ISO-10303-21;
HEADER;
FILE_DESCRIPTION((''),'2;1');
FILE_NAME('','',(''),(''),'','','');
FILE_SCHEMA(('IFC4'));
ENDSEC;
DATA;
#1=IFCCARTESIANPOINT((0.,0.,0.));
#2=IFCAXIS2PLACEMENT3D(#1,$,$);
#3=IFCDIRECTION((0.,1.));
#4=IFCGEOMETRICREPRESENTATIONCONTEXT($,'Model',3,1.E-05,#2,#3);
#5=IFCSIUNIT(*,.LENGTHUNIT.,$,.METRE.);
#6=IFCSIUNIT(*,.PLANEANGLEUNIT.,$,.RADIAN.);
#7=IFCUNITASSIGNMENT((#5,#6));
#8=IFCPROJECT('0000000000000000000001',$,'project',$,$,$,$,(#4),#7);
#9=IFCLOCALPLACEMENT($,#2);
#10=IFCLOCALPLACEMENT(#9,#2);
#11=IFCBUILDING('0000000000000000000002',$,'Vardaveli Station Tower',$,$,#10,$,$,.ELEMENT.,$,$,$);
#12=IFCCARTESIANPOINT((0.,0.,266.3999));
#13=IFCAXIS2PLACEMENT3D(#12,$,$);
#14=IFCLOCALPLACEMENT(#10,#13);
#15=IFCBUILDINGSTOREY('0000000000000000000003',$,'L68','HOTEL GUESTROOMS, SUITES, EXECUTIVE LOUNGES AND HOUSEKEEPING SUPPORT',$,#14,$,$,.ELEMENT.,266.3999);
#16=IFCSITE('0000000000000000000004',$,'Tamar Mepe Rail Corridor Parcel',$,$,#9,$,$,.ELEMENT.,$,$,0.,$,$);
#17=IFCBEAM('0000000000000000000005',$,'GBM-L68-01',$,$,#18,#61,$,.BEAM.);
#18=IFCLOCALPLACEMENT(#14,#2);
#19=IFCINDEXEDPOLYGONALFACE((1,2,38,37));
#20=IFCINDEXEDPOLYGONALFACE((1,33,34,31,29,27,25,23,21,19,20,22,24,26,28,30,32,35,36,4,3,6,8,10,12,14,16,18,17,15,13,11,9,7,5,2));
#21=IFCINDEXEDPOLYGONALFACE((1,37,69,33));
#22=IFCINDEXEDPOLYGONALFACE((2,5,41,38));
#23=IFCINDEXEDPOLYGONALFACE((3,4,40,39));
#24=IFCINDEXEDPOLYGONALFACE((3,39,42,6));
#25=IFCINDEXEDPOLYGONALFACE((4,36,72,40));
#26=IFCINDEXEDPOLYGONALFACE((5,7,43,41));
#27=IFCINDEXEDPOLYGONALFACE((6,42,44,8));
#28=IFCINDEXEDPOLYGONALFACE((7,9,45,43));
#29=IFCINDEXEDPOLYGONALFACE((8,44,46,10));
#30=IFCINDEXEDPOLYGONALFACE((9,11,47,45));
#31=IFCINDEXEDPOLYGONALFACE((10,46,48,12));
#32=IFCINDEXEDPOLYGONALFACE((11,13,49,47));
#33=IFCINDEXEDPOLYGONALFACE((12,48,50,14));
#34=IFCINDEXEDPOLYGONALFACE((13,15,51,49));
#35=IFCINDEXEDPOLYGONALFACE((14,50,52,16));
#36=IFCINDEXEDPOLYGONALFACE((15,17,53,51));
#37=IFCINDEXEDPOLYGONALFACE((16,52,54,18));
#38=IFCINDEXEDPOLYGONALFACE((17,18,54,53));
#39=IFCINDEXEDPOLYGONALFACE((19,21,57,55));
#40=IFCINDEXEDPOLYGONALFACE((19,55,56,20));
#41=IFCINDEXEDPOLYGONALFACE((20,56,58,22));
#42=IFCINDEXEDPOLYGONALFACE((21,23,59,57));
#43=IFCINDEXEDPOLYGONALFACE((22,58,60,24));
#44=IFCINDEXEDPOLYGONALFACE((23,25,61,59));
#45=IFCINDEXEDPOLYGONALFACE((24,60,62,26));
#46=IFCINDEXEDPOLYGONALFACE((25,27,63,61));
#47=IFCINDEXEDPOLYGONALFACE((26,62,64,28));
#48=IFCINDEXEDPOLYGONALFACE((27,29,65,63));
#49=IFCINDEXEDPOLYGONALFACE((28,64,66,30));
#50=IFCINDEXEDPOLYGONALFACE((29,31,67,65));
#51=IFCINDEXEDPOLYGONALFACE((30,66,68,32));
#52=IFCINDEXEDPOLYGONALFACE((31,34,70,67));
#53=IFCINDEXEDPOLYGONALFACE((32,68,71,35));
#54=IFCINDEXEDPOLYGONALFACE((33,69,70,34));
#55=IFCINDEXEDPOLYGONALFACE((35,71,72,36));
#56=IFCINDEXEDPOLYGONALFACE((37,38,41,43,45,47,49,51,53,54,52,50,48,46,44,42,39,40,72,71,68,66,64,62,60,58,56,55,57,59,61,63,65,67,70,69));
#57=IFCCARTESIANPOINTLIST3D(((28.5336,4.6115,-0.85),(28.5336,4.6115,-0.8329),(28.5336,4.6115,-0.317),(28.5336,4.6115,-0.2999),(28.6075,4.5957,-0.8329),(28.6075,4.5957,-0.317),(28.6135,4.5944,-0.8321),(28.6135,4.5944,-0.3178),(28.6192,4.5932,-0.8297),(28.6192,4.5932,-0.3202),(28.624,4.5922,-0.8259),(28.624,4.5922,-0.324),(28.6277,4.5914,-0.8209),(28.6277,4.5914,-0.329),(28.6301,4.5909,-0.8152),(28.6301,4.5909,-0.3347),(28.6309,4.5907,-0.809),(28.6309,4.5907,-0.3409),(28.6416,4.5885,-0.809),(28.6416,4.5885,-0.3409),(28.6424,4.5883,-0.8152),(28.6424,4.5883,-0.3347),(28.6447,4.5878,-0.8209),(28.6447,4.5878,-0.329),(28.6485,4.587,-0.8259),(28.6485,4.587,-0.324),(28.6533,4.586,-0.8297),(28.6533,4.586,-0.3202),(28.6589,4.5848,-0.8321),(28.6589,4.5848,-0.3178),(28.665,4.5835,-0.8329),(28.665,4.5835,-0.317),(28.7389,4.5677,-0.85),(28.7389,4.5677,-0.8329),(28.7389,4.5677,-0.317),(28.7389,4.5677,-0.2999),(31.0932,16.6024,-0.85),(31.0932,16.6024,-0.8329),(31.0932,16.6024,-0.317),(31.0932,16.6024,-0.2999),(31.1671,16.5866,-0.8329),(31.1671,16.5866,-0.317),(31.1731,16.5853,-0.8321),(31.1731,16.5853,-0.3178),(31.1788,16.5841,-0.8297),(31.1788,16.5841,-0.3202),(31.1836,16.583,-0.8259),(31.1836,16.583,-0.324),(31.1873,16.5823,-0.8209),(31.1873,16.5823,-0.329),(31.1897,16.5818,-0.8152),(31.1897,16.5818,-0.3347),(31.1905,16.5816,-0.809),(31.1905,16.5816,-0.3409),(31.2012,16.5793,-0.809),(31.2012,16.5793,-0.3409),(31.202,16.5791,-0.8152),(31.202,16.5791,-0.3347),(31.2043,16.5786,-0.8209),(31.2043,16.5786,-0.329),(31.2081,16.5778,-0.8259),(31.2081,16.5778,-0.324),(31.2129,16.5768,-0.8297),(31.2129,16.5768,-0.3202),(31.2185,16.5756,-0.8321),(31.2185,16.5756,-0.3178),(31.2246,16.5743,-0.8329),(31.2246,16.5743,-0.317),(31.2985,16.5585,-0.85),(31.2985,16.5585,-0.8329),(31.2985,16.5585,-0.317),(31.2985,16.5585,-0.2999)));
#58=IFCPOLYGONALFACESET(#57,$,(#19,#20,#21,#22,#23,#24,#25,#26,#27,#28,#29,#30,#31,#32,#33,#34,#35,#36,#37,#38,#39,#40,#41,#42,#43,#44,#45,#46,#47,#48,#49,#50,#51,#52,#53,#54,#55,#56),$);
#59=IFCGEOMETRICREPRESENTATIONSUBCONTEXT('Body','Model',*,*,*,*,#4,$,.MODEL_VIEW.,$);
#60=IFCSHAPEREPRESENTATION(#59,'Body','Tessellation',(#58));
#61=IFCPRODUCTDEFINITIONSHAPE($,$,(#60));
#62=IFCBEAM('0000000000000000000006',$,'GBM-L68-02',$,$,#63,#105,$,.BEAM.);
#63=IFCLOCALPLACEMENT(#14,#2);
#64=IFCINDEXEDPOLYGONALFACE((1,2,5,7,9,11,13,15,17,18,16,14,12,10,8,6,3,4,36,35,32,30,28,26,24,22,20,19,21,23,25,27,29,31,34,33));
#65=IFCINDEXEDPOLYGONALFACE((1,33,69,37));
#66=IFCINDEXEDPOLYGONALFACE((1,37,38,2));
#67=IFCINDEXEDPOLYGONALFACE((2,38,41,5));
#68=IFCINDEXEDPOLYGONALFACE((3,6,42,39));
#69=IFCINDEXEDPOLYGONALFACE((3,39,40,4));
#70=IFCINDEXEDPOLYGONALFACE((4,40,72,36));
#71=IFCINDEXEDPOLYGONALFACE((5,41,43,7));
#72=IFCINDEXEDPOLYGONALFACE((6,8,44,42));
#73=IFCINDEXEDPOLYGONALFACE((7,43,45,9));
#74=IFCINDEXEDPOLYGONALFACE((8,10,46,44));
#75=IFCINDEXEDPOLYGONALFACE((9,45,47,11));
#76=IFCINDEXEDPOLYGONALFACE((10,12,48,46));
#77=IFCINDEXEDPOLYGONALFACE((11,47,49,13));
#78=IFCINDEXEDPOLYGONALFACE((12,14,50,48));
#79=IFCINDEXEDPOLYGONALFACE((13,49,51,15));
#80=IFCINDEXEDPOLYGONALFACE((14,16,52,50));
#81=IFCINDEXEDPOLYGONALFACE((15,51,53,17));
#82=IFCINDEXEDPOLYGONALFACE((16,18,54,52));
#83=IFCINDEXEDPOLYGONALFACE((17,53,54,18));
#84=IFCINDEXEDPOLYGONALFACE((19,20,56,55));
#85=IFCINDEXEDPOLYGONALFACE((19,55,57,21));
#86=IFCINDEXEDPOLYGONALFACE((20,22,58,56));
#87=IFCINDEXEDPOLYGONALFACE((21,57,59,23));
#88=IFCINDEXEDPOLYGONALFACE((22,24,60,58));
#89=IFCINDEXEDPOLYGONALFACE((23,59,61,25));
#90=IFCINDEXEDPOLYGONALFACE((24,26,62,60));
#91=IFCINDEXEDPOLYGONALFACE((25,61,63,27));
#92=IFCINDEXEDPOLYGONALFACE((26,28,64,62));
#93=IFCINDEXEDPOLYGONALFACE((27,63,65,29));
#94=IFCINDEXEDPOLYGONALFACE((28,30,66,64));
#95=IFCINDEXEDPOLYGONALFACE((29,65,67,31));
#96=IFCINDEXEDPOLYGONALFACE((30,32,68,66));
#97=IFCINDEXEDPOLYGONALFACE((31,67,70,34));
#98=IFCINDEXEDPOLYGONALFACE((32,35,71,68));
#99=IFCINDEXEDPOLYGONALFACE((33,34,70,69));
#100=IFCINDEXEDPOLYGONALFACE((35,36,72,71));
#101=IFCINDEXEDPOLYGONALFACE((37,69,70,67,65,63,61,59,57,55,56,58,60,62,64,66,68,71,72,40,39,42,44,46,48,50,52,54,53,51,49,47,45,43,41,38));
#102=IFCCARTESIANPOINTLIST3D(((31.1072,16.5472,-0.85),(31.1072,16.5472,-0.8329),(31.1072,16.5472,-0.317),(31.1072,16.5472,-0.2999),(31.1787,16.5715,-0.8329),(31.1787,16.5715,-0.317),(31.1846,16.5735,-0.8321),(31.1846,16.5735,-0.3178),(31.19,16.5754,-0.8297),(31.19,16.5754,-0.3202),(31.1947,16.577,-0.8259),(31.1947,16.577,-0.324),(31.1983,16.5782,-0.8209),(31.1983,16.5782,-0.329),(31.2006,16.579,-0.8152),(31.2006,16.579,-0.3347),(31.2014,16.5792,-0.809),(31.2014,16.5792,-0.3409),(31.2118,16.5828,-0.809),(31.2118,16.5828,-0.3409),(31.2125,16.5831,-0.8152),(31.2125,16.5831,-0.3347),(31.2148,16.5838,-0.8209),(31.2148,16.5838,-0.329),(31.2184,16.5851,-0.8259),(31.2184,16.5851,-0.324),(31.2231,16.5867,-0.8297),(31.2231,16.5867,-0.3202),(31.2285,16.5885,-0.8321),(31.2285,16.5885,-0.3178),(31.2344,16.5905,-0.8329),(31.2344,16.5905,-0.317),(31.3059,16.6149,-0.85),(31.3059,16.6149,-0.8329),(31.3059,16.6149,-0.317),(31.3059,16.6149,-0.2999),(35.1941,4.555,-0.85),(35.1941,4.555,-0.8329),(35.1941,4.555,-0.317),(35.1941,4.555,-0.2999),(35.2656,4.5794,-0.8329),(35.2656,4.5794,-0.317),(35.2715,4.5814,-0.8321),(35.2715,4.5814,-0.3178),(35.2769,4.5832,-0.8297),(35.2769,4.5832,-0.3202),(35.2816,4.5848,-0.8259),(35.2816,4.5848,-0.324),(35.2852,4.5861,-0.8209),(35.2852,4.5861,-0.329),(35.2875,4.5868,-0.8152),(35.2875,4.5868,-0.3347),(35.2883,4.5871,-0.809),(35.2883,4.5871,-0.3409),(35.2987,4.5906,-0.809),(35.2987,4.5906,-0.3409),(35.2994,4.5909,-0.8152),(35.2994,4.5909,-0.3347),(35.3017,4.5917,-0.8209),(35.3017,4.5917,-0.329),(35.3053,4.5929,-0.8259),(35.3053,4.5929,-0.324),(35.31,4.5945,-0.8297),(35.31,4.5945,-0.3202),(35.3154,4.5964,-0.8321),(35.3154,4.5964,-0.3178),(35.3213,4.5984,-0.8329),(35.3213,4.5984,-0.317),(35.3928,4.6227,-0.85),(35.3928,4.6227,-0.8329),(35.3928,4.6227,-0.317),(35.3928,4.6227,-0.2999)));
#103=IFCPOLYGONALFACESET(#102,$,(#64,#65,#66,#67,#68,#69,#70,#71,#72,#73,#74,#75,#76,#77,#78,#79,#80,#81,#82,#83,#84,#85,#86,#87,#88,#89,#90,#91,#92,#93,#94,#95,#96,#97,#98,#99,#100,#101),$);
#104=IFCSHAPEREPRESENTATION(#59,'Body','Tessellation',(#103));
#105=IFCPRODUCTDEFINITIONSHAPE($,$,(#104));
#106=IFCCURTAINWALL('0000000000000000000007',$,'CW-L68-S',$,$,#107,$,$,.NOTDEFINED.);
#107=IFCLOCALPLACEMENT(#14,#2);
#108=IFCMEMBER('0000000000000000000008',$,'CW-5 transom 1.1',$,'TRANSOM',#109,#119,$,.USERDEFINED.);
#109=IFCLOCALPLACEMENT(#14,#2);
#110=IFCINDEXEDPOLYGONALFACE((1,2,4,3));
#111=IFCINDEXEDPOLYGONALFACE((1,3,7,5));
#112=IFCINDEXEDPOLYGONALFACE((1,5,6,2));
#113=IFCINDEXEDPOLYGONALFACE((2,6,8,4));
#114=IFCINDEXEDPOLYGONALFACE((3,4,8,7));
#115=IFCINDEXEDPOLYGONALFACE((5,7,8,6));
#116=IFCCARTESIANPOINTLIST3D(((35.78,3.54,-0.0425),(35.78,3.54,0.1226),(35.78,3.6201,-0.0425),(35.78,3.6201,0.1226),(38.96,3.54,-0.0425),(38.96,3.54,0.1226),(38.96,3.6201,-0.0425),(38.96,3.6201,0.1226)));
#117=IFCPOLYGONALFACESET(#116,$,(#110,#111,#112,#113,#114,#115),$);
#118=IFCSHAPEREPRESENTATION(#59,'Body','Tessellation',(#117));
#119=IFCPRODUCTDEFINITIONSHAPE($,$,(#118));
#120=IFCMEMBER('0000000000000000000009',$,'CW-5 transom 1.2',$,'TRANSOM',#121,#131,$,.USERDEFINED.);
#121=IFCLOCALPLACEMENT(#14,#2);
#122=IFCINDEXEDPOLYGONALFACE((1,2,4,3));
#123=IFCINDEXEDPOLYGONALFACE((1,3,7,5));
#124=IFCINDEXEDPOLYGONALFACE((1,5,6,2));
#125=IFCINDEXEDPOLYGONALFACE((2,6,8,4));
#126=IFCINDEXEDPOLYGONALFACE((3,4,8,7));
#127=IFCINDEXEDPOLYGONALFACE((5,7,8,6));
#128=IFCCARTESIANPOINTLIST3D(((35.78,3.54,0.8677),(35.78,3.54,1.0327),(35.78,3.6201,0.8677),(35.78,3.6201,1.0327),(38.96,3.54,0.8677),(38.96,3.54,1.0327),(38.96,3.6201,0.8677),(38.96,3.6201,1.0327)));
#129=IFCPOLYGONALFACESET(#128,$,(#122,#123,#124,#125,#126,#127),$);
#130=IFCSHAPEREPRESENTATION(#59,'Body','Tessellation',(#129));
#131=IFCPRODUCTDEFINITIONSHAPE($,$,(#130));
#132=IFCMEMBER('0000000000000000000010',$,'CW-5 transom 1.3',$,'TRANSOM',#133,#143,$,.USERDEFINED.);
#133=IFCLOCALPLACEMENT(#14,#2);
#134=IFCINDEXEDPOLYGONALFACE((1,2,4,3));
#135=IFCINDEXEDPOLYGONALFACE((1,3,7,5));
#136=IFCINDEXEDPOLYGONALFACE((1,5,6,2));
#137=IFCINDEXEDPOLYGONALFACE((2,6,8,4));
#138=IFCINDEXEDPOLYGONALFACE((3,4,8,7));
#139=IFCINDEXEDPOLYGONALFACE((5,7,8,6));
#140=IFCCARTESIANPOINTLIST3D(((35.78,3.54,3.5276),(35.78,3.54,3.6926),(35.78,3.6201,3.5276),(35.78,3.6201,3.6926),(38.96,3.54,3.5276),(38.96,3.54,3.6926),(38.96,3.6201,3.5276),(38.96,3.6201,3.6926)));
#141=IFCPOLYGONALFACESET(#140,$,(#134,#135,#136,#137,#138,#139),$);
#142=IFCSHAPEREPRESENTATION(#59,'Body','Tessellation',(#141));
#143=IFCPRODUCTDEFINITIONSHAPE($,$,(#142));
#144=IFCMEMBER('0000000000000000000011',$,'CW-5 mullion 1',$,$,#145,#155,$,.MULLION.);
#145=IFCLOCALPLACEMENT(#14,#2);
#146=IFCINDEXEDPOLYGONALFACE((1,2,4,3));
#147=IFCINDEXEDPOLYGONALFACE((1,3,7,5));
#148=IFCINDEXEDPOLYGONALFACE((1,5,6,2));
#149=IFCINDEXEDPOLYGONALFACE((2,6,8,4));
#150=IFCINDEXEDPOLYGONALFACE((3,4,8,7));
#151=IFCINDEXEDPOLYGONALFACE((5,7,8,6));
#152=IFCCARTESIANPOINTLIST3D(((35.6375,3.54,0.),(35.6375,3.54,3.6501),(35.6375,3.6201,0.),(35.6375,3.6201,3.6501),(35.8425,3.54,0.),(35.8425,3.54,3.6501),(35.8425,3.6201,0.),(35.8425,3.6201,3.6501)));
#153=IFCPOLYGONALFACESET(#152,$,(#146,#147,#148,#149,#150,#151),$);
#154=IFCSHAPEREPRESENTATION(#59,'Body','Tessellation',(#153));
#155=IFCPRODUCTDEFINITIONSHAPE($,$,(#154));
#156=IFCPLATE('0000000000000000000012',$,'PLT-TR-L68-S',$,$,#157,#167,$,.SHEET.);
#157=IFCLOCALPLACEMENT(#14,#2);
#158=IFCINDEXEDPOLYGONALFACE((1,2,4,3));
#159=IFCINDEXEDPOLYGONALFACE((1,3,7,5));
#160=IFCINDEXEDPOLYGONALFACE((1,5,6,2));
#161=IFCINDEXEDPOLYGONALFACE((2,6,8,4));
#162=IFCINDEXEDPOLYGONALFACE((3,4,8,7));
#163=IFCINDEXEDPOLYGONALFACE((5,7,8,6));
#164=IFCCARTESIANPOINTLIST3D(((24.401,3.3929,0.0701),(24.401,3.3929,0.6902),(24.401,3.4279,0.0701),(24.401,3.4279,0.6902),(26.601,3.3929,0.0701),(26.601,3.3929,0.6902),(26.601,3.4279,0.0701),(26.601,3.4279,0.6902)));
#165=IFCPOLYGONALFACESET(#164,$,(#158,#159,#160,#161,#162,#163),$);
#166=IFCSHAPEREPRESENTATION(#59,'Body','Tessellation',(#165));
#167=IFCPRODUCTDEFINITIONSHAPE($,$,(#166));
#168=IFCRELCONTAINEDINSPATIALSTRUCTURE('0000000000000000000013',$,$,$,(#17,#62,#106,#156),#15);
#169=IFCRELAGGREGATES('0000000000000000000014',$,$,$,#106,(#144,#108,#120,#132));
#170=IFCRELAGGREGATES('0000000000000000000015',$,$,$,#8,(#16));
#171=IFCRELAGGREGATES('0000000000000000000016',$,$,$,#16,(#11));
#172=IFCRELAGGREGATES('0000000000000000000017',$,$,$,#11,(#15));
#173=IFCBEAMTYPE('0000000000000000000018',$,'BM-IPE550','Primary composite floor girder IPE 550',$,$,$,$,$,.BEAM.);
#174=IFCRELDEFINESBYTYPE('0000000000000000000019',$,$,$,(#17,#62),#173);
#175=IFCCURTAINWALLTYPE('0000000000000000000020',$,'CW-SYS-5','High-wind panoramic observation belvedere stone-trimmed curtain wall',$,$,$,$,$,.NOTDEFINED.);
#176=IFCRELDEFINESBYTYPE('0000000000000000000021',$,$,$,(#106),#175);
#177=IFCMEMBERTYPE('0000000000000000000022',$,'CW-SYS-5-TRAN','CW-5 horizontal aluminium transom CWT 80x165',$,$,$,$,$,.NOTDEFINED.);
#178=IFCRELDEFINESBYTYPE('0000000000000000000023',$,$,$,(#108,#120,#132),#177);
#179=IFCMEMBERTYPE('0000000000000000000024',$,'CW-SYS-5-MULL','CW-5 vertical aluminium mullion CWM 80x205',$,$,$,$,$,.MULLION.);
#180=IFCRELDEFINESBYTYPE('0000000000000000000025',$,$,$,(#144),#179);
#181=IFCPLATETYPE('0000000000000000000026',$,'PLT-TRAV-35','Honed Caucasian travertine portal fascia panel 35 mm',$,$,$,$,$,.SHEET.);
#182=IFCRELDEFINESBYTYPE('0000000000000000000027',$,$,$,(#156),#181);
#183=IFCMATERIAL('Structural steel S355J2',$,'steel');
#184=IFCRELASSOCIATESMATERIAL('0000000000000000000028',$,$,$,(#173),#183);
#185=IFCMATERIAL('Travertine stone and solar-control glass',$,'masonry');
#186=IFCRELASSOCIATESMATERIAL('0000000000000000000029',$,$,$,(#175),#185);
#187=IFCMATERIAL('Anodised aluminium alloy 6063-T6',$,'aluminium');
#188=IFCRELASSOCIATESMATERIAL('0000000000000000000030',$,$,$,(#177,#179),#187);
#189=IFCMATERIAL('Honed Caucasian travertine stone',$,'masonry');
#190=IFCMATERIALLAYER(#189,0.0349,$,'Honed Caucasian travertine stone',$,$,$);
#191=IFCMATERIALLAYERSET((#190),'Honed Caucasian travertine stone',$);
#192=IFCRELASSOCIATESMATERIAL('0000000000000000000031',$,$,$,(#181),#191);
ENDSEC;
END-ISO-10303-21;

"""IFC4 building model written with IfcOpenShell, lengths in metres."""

from ifc_helpers import new_model, si_unit, direction, frame, origin, origin_2d, place, context, subcontext, project, spatial, rectangle, i_section, extrude, source, transform, mapped, material, layer, layer_set, material_profile, profile_set, type_object, element, aggregate, save


model = new_model("IFC4")

# Units and contexts
model_context = context("Model", 3, precision=1e-05, world=origin(), true_north=direction((0.0, 1.0)))
body_context = subcontext(model_context, "Body", "Model", "MODEL_VIEW")
ifc_project = project(units=[si_unit("LENGTHUNIT", "METRE"), si_unit("PLANEANGLEUNIT", "RADIAN")], contexts=[model_context])

# Site, building, storey
site_placement = place(None, origin())
site = spatial("IfcSite", under=ifc_project, at=site_placement, Name="Tamar Mepe Rail Corridor Parcel", CompositionType="ELEMENT", RefElevation=0.0)
building_placement = place(site_placement, origin())
building = spatial("IfcBuilding", under=site, at=building_placement, Name="Vardaveli Station Tower", CompositionType="ELEMENT")
storey_placement = place(building_placement, frame((0.0, 0.0, 266.3999)))
storey = spatial("IfcBuildingStorey", under=building, at=storey_placement, Name="L68", Description="HOTEL GUESTROOMS, SUITES, EXECUTIVE LOUNGES AND HOUSEKEEPING SUPPORT", CompositionType="ELEMENT", Elevation=266.3999)

# Beams
ifc_material_1 = material(Name="Structural steel S355J2", Category="steel")
ifc_material_profile_1 = material_profile(ifc_material_1, i_section(OverallWidth=0.21, OverallDepth=0.55, WebThickness=0.011, FlangeThickness=0.0171, FilletRadius=0.0239, at=origin_2d()), Name="IPE 550")
ifc_profile_set_1 = profile_set([ifc_material_profile_1], Name="Structural steel S355J2")
beam_type_1 = type_object("IfcBeamType", Name="BM-IPE550", Description="Primary composite floor girder IPE 550", PredefinedType="BEAM", material=ifc_profile_set_1)
shared_shape_1 = source(origin(), body_context, "Body", "SweptSolid", [
    extrude(i_section(OverallWidth=0.21, OverallDepth=0.55, WebThickness=0.011, FlangeThickness=0.0171, FilletRadius=0.0239, at=origin_2d()), origin(), (0.0, 0.0, 1.0), 12.261),
])
beam_1_placement = place(storey_placement, frame((28.6362, 4.5896, -0.575), z_axis=(0.208759, 0.977967, 0.0), x_axis=(-0.977967, 0.208759, 0.0)))
element("IfcBeam", 1, at=beam_1_placement, inside=storey, type_object=beam_type_1, Name="GBM-L68-01", PredefinedType="BEAM", context=body_context, shape_type="MappedRepresentation", body=[
    mapped(shared_shape_1, transform((0.0, 0.0, 0.0), scale=1.0)),
])
shared_shape_2 = source(origin(), body_context, "Body", "SweptSolid", [
    extrude(i_section(OverallWidth=0.21, OverallDepth=0.55, WebThickness=0.011, FlangeThickness=0.0171, FilletRadius=0.0239, at=origin_2d()), origin(), (0.0, 0.0, 1.0), 12.6694),
])
beam_2_placement = place(storey_placement, frame((35.2935, 4.5889, -0.575), z_axis=(-0.32258, 0.946542, 0.0), x_axis=(-0.946542, -0.32258, 0.0)))
element("IfcBeam", 2, at=beam_2_placement, inside=storey, type_object=beam_type_1, Name="GBM-L68-02", PredefinedType="BEAM", context=body_context, shape_type="MappedRepresentation", body=[
    mapped(shared_shape_2, transform((0.0, 0.0, 0.0), scale=1.0)),
])

# Curtain wall, members
ifc_material_2 = material(Name="Travertine stone and solar-control glass", Category="masonry")
curtain_wall_type = type_object("IfcCurtainWallType", Name="CW-SYS-5", Description="High-wind panoramic observation belvedere stone-trimmed curtain wall", PredefinedType="NOTDEFINED", material=ifc_material_2)
curtain_wall_placement = place(storey_placement, origin())
curtain_wall = element("IfcCurtainWall", 3, at=curtain_wall_placement, inside=storey, type_object=curtain_wall_type, Name="CW-L68-S", PredefinedType="NOTDEFINED")
ifc_material_3 = material(Name="Anodised aluminium alloy 6063-T6", Category="aluminium")
ifc_material_profile_2 = material_profile(ifc_material_3, rectangle(XDim=0.0801, YDim=0.165, at=origin_2d()), Name="CWT 80x165")
ifc_profile_set_2 = profile_set([ifc_material_profile_2], Name="Anodised aluminium alloy 6063-T6")
member_type_1 = type_object("IfcMemberType", Name="CW-SYS-5-TRAN", Description="CW-5 horizontal aluminium transom CWT 80x165", PredefinedType="NOTDEFINED", material=ifc_profile_set_2)
shared_shape_3 = source(origin(), body_context, "Body", "SweptSolid", [
    extrude(rectangle(XDim=0.0801, YDim=0.165, at=origin_2d()), origin(), (0.0, 0.0, 1.0), 3.1799),
])
member_1_placement = place(storey_placement, frame((35.78, 3.5801, 0.04), z_axis=(1.0, 0.0, 0.0), x_axis=(0.0, 1.0, 0.0)))
member_1 = element("IfcMember", 4, at=member_1_placement, type_object=member_type_1, Name="CW-5 transom 1.1", ObjectType="TRANSOM", PredefinedType="USERDEFINED", context=body_context, shape_type="MappedRepresentation", body=[
    mapped(shared_shape_3, transform((0.0, 0.0, 0.0), scale=1.0)),
])
member_2_placement = place(storey_placement, frame((35.78, 3.5801, 0.9502), z_axis=(1.0, 0.0, 0.0), x_axis=(0.0, 1.0, 0.0)))
member_2 = element("IfcMember", 5, at=member_2_placement, type_object=member_type_1, Name="CW-5 transom 1.2", ObjectType="TRANSOM", PredefinedType="USERDEFINED", context=body_context, shape_type="MappedRepresentation", body=[
    mapped(shared_shape_3, transform((0.0, 0.0, 0.0), scale=1.0)),
])
member_3_placement = place(storey_placement, frame((35.78, 3.5801, 3.6101), z_axis=(1.0, 0.0, 0.0), x_axis=(0.0, 1.0, 0.0)))
member_3 = element("IfcMember", 6, at=member_3_placement, type_object=member_type_1, Name="CW-5 transom 1.3", ObjectType="TRANSOM", PredefinedType="USERDEFINED", context=body_context, shape_type="MappedRepresentation", body=[
    mapped(shared_shape_3, transform((0.0, 0.0, 0.0), scale=1.0)),
])
ifc_material_profile_3 = material_profile(ifc_material_3, rectangle(XDim=0.0801, YDim=0.2051, at=origin_2d()), Name="CWM 80x205")
ifc_profile_set_3 = profile_set([ifc_material_profile_3], Name="Anodised aluminium alloy 6063-T6")
member_type_2 = type_object("IfcMemberType", Name="CW-SYS-5-MULL", Description="CW-5 vertical aluminium mullion CWM 80x205", PredefinedType="MULLION", material=ifc_profile_set_3)
shared_shape_4 = source(origin(), body_context, "Body", "SweptSolid", [
    extrude(rectangle(XDim=0.0801, YDim=0.2051, at=origin_2d()), origin(), (0.0, 0.0, 1.0), 3.6501),
])
member_4_placement = place(storey_placement, frame((35.74, 3.5801, 0.0), z_axis=(0.0, 0.0, 1.0), x_axis=(0.0, 1.0, 0.0)))
member_4 = element("IfcMember", 7, at=member_4_placement, type_object=member_type_2, Name="CW-5 mullion 1", PredefinedType="MULLION", context=body_context, shape_type="MappedRepresentation", body=[
    mapped(shared_shape_4, transform((0.0, 0.0, 0.0), scale=1.0)),
])
aggregate(curtain_wall, [member_4, member_1, member_2, member_3])

# Plate
ifc_material_4 = material(Name="Honed Caucasian travertine stone", Category="masonry")
ifc_layer_1 = layer(ifc_material_4, 0.0349, Name="Honed Caucasian travertine stone")
ifc_layer_set_1 = layer_set([ifc_layer_1], Name="Honed Caucasian travertine stone")
plate_type = type_object("IfcPlateType", Name="PLT-TRAV-35", Description="Honed Caucasian travertine portal fascia panel 35 mm", PredefinedType="SHEET", material=ifc_layer_set_1)
shared_shape_5 = source(origin(), body_context, "Body", "SweptSolid", [
    extrude(rectangle(XDim=2.2, YDim=0.0349, at=origin_2d()), origin(), (0.0, 0.0, 1.0), 0.6201),
])
plate_placement = place(storey_placement, frame((25.501, 3.4104, 0.0701), z_axis=(0.0, 0.0, 1.0), x_axis=(1.0, 0.0, 0.0)))
element("IfcPlate", 8, at=plate_placement, inside=storey, type_object=plate_type, Name="PLT-TR-L68-S", PredefinedType="SHEET", context=body_context, shape_type="MappedRepresentation", body=[
    mapped(shared_shape_5, transform((0.0, 0.0, 0.0), scale=1.0)),
])

save(model, "model.ifc")
